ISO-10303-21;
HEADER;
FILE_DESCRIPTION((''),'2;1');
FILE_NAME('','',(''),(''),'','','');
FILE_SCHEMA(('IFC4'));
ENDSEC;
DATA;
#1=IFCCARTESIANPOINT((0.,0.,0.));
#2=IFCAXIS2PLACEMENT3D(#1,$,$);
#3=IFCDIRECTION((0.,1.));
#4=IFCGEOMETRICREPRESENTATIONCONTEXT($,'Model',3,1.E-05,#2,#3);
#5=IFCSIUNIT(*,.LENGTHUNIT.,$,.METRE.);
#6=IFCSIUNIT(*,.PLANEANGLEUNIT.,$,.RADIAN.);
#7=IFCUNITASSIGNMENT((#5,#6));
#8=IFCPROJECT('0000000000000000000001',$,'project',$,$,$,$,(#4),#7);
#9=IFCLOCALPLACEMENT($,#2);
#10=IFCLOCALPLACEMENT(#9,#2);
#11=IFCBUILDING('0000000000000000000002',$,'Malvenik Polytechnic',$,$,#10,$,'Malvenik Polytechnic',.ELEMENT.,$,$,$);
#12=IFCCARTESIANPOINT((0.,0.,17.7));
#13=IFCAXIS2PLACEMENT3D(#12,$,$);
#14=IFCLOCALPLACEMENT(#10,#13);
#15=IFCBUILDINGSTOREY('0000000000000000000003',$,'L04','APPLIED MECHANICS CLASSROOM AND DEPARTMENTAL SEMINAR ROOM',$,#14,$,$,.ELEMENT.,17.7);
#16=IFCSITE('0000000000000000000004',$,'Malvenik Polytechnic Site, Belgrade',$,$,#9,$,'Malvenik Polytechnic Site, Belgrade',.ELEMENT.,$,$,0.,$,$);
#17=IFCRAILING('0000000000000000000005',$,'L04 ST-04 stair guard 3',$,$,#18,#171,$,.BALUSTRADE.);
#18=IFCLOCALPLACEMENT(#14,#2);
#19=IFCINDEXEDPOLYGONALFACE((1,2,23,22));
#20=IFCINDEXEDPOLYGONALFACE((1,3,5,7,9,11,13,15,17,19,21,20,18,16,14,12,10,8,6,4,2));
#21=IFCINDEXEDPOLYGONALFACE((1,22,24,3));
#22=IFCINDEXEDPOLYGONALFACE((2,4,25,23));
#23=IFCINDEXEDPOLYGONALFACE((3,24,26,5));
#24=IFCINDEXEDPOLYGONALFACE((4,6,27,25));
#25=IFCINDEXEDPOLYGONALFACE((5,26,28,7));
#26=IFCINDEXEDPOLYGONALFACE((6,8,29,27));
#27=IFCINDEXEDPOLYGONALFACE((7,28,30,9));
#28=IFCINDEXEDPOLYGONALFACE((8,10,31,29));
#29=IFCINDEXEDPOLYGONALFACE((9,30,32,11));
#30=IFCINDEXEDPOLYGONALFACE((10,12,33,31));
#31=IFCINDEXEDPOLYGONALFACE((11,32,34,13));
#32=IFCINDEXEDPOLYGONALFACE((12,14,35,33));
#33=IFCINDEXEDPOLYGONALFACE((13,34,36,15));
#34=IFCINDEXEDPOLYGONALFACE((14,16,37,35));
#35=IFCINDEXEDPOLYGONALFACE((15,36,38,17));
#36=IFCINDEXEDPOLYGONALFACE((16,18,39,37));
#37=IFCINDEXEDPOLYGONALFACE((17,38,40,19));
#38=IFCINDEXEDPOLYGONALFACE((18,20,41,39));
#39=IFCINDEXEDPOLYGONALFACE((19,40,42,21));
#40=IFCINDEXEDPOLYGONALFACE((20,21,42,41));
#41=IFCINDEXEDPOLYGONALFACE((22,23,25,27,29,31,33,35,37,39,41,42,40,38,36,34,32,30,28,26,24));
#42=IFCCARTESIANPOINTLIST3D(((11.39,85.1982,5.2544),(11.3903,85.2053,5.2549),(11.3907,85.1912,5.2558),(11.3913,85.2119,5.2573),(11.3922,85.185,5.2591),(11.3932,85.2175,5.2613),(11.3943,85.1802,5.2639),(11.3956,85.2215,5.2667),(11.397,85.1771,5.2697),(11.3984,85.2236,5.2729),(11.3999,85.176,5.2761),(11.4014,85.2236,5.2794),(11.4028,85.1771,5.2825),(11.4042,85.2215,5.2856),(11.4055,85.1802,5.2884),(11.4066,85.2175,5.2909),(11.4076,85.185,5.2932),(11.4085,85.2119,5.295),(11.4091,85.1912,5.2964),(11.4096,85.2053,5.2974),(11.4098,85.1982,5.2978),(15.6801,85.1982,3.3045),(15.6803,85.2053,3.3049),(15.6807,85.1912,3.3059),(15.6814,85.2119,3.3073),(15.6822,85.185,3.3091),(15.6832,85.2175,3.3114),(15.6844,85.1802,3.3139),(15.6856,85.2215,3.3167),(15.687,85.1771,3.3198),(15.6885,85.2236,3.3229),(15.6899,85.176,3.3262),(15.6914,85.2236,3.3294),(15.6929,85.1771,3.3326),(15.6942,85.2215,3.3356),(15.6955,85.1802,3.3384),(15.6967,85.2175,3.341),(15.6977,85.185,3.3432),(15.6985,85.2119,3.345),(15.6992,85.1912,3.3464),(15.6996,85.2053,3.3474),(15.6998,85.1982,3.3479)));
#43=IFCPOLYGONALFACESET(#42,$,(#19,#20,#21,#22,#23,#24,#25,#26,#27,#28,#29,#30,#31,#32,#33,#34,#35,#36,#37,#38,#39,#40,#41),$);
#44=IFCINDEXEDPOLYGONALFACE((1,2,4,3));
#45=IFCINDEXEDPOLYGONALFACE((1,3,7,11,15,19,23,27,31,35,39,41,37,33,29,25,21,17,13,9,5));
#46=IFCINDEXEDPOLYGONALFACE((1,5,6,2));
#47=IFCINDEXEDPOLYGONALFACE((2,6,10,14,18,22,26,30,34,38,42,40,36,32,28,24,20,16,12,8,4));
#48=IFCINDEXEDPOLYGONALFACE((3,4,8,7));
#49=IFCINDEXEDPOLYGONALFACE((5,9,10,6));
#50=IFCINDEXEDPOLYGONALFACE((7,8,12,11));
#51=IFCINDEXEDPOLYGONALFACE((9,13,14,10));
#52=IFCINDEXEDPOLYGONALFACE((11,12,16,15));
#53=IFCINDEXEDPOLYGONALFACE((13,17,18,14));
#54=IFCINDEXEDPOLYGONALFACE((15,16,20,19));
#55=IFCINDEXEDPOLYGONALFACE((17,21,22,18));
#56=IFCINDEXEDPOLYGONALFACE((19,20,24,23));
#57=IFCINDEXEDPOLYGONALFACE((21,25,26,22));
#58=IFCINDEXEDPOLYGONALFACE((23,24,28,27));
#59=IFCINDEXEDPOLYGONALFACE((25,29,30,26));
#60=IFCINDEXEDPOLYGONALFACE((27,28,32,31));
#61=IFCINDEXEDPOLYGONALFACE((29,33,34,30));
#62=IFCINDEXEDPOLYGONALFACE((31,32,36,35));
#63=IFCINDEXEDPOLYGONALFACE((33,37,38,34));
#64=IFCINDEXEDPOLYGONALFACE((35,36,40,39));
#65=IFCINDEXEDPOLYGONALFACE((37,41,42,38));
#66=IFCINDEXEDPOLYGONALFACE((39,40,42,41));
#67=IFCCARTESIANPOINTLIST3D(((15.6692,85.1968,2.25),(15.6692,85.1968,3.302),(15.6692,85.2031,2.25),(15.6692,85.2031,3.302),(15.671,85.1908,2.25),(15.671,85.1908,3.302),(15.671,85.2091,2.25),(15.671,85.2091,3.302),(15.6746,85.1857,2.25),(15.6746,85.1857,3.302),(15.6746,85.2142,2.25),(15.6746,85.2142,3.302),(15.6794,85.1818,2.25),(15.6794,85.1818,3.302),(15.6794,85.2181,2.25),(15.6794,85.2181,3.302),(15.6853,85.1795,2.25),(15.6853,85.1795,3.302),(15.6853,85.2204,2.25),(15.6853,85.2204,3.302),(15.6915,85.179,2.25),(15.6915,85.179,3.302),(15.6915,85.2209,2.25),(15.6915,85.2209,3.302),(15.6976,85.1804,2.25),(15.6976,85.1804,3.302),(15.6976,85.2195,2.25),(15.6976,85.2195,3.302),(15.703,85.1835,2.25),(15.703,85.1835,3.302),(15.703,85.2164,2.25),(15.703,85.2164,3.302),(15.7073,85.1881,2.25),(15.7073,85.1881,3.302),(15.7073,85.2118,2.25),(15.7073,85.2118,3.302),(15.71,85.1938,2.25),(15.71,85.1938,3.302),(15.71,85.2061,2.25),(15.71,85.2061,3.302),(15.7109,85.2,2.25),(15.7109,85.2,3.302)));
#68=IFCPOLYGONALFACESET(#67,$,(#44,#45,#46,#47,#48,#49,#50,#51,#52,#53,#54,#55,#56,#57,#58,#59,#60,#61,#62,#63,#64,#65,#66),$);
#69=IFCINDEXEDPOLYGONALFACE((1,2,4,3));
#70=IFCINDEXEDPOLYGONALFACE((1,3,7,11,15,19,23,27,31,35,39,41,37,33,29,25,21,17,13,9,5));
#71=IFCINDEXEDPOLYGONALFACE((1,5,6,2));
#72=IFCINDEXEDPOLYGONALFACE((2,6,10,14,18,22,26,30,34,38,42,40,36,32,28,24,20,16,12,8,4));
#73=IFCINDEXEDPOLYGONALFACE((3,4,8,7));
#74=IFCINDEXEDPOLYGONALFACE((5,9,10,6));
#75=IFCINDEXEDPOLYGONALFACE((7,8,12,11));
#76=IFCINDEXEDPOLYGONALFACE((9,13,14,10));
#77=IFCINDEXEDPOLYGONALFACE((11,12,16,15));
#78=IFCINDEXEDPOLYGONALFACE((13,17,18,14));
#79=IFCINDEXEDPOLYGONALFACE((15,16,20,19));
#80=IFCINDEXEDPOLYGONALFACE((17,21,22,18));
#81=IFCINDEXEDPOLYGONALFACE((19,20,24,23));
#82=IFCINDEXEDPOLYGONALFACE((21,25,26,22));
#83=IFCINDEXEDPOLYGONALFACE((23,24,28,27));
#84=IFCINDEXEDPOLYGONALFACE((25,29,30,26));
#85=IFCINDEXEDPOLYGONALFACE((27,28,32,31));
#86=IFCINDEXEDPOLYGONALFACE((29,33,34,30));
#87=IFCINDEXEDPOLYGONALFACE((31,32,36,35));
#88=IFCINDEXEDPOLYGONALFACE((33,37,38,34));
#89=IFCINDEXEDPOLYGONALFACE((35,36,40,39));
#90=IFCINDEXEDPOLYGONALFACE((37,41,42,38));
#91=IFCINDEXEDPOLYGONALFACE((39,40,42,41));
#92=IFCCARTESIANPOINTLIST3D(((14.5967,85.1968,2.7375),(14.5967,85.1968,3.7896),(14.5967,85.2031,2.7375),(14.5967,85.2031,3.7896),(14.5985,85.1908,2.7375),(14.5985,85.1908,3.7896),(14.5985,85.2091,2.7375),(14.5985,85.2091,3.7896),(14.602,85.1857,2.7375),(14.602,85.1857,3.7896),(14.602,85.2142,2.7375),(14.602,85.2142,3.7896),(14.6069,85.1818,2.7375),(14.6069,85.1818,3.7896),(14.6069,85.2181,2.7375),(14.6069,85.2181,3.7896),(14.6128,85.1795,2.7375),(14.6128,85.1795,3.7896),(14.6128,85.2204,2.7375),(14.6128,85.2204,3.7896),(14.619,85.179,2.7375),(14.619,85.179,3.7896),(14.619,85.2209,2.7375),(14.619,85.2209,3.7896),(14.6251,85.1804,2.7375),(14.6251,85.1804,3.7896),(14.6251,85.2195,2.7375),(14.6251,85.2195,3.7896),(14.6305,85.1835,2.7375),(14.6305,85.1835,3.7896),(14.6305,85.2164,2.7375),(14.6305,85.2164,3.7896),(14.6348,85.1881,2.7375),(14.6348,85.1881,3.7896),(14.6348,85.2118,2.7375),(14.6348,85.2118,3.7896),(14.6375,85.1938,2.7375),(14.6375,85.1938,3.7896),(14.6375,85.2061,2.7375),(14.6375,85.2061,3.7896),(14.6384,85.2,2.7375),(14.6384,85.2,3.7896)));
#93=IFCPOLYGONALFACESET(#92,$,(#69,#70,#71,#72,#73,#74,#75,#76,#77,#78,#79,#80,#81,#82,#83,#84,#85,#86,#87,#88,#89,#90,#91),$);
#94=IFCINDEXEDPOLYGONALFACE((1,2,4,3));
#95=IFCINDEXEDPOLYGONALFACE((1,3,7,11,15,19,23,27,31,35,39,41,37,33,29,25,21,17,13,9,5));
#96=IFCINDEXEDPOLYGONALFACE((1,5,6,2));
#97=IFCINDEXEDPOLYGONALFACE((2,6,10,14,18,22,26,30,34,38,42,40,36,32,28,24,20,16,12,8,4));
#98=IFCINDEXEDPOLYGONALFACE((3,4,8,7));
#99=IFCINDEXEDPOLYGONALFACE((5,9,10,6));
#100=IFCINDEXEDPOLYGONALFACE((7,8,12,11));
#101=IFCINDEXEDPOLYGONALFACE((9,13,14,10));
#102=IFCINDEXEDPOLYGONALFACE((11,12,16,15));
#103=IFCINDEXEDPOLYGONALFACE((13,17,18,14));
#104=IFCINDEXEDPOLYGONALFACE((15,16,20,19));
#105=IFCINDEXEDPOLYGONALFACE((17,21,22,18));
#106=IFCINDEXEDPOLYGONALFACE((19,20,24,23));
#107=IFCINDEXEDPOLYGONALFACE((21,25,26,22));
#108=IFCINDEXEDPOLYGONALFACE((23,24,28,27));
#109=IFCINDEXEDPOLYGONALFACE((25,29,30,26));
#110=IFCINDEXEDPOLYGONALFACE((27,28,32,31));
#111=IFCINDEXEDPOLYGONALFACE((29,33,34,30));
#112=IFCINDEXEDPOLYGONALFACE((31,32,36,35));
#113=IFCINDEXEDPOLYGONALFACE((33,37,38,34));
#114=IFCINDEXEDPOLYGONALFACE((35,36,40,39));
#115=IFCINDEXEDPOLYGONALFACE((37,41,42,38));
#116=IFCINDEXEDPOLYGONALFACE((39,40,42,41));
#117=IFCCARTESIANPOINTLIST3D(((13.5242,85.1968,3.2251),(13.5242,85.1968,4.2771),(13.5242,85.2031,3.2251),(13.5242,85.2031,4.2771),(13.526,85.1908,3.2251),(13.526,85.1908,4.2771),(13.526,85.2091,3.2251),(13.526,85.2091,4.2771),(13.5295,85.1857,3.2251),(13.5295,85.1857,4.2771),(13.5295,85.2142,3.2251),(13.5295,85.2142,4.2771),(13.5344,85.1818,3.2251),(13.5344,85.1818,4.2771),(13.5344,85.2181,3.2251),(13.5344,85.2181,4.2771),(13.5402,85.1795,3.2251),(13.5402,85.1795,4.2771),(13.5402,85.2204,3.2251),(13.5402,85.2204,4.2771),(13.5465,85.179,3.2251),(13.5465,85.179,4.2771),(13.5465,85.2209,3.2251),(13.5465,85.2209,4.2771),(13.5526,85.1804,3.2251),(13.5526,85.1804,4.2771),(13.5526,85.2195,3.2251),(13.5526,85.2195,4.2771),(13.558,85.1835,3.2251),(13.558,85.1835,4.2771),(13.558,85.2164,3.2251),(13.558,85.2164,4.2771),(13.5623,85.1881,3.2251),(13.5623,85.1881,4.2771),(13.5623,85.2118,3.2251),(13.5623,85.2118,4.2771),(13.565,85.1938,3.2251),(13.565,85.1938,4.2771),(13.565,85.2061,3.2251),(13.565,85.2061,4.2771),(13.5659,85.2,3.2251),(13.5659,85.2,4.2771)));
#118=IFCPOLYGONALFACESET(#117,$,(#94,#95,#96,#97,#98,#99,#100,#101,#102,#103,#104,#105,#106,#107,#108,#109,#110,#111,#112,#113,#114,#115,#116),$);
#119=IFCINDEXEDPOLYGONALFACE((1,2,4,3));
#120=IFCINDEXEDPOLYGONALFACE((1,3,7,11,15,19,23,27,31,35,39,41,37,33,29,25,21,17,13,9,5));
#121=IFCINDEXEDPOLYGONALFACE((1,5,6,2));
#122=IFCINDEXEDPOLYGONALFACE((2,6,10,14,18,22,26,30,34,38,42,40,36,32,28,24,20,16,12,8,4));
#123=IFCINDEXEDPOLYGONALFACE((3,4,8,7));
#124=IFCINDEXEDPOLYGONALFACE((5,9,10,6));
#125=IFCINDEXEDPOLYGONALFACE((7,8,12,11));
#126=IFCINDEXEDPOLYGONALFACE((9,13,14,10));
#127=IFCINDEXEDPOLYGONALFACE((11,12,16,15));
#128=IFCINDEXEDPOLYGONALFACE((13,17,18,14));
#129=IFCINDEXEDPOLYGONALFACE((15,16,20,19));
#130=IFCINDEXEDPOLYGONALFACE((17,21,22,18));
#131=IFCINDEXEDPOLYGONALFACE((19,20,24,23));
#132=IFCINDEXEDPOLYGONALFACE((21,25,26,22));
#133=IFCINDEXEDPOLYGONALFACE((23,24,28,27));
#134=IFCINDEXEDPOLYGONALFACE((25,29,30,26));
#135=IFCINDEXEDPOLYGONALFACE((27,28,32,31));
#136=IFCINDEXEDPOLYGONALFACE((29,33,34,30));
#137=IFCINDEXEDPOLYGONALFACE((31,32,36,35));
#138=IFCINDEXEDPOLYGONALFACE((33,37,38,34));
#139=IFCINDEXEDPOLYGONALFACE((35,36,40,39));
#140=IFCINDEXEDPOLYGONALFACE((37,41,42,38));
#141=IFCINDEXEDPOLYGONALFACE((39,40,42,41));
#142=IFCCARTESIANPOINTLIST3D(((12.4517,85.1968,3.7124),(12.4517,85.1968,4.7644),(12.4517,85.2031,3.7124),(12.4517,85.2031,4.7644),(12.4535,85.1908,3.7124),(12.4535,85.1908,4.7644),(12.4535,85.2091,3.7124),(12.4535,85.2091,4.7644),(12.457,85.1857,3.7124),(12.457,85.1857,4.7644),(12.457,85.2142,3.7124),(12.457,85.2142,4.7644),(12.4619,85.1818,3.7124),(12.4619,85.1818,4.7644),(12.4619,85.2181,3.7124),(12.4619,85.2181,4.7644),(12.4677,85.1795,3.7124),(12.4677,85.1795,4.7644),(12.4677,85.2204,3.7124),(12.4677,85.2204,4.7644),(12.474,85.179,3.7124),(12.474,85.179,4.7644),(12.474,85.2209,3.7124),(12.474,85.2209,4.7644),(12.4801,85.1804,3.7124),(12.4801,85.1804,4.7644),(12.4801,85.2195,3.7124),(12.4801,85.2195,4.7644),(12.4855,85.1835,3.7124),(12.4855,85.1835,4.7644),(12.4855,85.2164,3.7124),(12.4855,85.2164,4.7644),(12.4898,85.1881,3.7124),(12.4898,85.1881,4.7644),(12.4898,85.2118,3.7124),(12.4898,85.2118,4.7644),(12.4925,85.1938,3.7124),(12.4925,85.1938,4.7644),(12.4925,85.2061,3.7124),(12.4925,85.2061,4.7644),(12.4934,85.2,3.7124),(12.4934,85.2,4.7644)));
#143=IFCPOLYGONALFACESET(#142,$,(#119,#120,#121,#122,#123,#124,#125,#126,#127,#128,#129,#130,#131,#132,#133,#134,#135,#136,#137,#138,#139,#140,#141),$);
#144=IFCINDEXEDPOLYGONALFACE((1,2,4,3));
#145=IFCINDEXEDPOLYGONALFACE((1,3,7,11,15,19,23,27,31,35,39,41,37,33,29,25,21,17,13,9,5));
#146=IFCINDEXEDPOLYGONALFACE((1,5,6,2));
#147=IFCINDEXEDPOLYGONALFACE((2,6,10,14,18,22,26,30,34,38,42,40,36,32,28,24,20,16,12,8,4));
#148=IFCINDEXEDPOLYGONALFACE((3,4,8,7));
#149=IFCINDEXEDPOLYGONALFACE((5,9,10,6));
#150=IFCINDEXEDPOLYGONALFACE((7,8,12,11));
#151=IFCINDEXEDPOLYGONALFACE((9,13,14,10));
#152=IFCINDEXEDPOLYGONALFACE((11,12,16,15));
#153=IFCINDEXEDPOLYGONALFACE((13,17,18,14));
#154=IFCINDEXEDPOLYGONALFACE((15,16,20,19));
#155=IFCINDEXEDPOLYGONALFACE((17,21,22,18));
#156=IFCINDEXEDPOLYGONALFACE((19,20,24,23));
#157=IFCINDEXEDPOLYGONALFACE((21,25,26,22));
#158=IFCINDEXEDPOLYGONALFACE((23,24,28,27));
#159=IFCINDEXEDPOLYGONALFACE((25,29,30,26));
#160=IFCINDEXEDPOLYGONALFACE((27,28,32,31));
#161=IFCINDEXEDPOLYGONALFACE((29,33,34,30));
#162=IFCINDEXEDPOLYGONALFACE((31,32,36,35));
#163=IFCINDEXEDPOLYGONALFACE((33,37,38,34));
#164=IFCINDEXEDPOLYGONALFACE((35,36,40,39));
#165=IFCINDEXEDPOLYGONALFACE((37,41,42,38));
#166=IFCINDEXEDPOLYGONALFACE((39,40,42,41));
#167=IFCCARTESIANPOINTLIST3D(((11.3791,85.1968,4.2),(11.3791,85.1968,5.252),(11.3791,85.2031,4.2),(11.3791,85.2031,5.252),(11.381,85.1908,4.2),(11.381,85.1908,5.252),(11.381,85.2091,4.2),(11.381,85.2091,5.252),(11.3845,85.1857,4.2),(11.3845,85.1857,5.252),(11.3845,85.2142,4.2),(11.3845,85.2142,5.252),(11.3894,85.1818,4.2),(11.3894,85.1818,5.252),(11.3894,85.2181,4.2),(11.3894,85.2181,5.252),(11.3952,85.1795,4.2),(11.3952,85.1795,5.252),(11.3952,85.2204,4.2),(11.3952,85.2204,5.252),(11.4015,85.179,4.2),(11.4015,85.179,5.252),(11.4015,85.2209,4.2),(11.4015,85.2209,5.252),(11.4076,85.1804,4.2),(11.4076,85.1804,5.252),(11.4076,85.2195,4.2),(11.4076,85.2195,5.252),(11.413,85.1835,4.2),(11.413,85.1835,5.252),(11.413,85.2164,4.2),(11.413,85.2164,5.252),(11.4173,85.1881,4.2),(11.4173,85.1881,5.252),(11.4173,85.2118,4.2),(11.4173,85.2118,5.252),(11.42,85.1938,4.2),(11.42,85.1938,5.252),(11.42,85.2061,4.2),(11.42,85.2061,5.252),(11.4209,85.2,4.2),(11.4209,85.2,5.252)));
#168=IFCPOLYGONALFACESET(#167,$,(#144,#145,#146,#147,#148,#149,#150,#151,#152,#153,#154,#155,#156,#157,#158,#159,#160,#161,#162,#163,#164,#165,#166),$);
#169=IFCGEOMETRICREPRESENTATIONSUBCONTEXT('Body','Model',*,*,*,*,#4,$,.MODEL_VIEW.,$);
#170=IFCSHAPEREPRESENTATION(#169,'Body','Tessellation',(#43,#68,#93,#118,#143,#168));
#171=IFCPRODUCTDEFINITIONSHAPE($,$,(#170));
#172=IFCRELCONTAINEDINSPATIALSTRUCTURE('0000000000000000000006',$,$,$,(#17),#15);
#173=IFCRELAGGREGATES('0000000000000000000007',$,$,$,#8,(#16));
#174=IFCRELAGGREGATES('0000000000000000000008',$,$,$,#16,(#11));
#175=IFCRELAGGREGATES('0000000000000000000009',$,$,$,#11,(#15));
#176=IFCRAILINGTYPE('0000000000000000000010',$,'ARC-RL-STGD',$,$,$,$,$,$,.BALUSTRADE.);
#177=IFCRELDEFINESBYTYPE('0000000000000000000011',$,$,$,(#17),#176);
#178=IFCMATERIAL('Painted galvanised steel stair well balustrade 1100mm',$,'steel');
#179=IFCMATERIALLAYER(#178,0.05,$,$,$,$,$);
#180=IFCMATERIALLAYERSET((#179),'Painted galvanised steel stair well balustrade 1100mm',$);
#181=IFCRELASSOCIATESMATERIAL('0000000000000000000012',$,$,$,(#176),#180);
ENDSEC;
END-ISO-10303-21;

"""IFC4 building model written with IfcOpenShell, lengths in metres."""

from ifc_helpers import new_model, si_unit, direction, frame, origin, origin_2d, place, context, subcontext, project, spatial, circle, extrude, material, layer, layer_set, type_object, element, save


model = new_model("IFC4")

# Units and contexts
model_context = context("Model", 3, precision=1e-05, world=origin(), true_north=direction((0.0, 1.0)))
body_context = subcontext(model_context, "Body", "Model", "MODEL_VIEW")
ifc_project = project(units=[si_unit("LENGTHUNIT", "METRE"), si_unit("PLANEANGLEUNIT", "RADIAN")], contexts=[model_context])

# Site, building, storey
site_placement = place(None, origin())
site = spatial("IfcSite", under=ifc_project, at=site_placement, Name="Malvenik Polytechnic Site, Belgrade", LongName="Malvenik Polytechnic Site, Belgrade", CompositionType="ELEMENT", RefElevation=0.0)
building_placement = place(site_placement, origin())
building = spatial("IfcBuilding", under=site, at=building_placement, Name="Malvenik Polytechnic", LongName="Malvenik Polytechnic", CompositionType="ELEMENT")
storey_placement = place(building_placement, frame((0.0, 0.0, 17.7)))
storey = spatial("IfcBuildingStorey", under=building, at=storey_placement, Name="L04", Description="APPLIED MECHANICS CLASSROOM AND DEPARTMENTAL SEMINAR ROOM", CompositionType="ELEMENT", Elevation=17.7)

# Railing
ifc_material_1 = material(Name="Painted galvanised steel stair well balustrade 1100mm", Category="steel")
ifc_layer_1 = layer(ifc_material_1, 0.05)
ifc_layer_set_1 = layer_set([ifc_layer_1], Name="Painted galvanised steel stair well balustrade 1100mm")
railing_type_1 = type_object("IfcRailingType", Name="ARC-RL-STGD", PredefinedType="BALUSTRADE", material=ifc_layer_set_1)
railing_1_placement = place(storey_placement, frame((15.6899, 85.2, 2.25)))
element("IfcRailing", 1, at=railing_1_placement, inside=storey, type_object=railing_type_1, Name="L04 ST-04 stair guard 3", PredefinedType="BALUSTRADE", context=body_context, shape_type="SweptSolid", body=[
    extrude(circle(Radius=0.0239, at=origin_2d()), frame((0.0, 0.0, 1.0762), z_axis=(-0.910372, 0.0, 0.413791), x_axis=(0.0, -1.0, 0.0)), (0.0, 0.0, 1.0), 4.7124),
    extrude(circle(Radius=0.021, at=origin_2d()), origin(), (0.0, 0.0, 1.0), 1.052),
    extrude(circle(Radius=0.021, at=origin_2d()), frame((-1.0725, 0.0, 0.4875)), (0.0, 0.0, 1.0), 1.052),
    extrude(circle(Radius=0.021, at=origin_2d()), frame((-2.145, 0.0, 0.9751)), (0.0, 0.0, 1.0), 1.052),
    extrude(circle(Radius=0.021, at=origin_2d()), frame((-3.2175, 0.0, 1.4624)), (0.0, 0.0, 1.0), 1.052),
    extrude(circle(Radius=0.021, at=origin_2d()), frame((-4.29, 0.0, 1.95)), (0.0, 0.0, 1.0), 1.052),
])

save(model, "model.ifc")
